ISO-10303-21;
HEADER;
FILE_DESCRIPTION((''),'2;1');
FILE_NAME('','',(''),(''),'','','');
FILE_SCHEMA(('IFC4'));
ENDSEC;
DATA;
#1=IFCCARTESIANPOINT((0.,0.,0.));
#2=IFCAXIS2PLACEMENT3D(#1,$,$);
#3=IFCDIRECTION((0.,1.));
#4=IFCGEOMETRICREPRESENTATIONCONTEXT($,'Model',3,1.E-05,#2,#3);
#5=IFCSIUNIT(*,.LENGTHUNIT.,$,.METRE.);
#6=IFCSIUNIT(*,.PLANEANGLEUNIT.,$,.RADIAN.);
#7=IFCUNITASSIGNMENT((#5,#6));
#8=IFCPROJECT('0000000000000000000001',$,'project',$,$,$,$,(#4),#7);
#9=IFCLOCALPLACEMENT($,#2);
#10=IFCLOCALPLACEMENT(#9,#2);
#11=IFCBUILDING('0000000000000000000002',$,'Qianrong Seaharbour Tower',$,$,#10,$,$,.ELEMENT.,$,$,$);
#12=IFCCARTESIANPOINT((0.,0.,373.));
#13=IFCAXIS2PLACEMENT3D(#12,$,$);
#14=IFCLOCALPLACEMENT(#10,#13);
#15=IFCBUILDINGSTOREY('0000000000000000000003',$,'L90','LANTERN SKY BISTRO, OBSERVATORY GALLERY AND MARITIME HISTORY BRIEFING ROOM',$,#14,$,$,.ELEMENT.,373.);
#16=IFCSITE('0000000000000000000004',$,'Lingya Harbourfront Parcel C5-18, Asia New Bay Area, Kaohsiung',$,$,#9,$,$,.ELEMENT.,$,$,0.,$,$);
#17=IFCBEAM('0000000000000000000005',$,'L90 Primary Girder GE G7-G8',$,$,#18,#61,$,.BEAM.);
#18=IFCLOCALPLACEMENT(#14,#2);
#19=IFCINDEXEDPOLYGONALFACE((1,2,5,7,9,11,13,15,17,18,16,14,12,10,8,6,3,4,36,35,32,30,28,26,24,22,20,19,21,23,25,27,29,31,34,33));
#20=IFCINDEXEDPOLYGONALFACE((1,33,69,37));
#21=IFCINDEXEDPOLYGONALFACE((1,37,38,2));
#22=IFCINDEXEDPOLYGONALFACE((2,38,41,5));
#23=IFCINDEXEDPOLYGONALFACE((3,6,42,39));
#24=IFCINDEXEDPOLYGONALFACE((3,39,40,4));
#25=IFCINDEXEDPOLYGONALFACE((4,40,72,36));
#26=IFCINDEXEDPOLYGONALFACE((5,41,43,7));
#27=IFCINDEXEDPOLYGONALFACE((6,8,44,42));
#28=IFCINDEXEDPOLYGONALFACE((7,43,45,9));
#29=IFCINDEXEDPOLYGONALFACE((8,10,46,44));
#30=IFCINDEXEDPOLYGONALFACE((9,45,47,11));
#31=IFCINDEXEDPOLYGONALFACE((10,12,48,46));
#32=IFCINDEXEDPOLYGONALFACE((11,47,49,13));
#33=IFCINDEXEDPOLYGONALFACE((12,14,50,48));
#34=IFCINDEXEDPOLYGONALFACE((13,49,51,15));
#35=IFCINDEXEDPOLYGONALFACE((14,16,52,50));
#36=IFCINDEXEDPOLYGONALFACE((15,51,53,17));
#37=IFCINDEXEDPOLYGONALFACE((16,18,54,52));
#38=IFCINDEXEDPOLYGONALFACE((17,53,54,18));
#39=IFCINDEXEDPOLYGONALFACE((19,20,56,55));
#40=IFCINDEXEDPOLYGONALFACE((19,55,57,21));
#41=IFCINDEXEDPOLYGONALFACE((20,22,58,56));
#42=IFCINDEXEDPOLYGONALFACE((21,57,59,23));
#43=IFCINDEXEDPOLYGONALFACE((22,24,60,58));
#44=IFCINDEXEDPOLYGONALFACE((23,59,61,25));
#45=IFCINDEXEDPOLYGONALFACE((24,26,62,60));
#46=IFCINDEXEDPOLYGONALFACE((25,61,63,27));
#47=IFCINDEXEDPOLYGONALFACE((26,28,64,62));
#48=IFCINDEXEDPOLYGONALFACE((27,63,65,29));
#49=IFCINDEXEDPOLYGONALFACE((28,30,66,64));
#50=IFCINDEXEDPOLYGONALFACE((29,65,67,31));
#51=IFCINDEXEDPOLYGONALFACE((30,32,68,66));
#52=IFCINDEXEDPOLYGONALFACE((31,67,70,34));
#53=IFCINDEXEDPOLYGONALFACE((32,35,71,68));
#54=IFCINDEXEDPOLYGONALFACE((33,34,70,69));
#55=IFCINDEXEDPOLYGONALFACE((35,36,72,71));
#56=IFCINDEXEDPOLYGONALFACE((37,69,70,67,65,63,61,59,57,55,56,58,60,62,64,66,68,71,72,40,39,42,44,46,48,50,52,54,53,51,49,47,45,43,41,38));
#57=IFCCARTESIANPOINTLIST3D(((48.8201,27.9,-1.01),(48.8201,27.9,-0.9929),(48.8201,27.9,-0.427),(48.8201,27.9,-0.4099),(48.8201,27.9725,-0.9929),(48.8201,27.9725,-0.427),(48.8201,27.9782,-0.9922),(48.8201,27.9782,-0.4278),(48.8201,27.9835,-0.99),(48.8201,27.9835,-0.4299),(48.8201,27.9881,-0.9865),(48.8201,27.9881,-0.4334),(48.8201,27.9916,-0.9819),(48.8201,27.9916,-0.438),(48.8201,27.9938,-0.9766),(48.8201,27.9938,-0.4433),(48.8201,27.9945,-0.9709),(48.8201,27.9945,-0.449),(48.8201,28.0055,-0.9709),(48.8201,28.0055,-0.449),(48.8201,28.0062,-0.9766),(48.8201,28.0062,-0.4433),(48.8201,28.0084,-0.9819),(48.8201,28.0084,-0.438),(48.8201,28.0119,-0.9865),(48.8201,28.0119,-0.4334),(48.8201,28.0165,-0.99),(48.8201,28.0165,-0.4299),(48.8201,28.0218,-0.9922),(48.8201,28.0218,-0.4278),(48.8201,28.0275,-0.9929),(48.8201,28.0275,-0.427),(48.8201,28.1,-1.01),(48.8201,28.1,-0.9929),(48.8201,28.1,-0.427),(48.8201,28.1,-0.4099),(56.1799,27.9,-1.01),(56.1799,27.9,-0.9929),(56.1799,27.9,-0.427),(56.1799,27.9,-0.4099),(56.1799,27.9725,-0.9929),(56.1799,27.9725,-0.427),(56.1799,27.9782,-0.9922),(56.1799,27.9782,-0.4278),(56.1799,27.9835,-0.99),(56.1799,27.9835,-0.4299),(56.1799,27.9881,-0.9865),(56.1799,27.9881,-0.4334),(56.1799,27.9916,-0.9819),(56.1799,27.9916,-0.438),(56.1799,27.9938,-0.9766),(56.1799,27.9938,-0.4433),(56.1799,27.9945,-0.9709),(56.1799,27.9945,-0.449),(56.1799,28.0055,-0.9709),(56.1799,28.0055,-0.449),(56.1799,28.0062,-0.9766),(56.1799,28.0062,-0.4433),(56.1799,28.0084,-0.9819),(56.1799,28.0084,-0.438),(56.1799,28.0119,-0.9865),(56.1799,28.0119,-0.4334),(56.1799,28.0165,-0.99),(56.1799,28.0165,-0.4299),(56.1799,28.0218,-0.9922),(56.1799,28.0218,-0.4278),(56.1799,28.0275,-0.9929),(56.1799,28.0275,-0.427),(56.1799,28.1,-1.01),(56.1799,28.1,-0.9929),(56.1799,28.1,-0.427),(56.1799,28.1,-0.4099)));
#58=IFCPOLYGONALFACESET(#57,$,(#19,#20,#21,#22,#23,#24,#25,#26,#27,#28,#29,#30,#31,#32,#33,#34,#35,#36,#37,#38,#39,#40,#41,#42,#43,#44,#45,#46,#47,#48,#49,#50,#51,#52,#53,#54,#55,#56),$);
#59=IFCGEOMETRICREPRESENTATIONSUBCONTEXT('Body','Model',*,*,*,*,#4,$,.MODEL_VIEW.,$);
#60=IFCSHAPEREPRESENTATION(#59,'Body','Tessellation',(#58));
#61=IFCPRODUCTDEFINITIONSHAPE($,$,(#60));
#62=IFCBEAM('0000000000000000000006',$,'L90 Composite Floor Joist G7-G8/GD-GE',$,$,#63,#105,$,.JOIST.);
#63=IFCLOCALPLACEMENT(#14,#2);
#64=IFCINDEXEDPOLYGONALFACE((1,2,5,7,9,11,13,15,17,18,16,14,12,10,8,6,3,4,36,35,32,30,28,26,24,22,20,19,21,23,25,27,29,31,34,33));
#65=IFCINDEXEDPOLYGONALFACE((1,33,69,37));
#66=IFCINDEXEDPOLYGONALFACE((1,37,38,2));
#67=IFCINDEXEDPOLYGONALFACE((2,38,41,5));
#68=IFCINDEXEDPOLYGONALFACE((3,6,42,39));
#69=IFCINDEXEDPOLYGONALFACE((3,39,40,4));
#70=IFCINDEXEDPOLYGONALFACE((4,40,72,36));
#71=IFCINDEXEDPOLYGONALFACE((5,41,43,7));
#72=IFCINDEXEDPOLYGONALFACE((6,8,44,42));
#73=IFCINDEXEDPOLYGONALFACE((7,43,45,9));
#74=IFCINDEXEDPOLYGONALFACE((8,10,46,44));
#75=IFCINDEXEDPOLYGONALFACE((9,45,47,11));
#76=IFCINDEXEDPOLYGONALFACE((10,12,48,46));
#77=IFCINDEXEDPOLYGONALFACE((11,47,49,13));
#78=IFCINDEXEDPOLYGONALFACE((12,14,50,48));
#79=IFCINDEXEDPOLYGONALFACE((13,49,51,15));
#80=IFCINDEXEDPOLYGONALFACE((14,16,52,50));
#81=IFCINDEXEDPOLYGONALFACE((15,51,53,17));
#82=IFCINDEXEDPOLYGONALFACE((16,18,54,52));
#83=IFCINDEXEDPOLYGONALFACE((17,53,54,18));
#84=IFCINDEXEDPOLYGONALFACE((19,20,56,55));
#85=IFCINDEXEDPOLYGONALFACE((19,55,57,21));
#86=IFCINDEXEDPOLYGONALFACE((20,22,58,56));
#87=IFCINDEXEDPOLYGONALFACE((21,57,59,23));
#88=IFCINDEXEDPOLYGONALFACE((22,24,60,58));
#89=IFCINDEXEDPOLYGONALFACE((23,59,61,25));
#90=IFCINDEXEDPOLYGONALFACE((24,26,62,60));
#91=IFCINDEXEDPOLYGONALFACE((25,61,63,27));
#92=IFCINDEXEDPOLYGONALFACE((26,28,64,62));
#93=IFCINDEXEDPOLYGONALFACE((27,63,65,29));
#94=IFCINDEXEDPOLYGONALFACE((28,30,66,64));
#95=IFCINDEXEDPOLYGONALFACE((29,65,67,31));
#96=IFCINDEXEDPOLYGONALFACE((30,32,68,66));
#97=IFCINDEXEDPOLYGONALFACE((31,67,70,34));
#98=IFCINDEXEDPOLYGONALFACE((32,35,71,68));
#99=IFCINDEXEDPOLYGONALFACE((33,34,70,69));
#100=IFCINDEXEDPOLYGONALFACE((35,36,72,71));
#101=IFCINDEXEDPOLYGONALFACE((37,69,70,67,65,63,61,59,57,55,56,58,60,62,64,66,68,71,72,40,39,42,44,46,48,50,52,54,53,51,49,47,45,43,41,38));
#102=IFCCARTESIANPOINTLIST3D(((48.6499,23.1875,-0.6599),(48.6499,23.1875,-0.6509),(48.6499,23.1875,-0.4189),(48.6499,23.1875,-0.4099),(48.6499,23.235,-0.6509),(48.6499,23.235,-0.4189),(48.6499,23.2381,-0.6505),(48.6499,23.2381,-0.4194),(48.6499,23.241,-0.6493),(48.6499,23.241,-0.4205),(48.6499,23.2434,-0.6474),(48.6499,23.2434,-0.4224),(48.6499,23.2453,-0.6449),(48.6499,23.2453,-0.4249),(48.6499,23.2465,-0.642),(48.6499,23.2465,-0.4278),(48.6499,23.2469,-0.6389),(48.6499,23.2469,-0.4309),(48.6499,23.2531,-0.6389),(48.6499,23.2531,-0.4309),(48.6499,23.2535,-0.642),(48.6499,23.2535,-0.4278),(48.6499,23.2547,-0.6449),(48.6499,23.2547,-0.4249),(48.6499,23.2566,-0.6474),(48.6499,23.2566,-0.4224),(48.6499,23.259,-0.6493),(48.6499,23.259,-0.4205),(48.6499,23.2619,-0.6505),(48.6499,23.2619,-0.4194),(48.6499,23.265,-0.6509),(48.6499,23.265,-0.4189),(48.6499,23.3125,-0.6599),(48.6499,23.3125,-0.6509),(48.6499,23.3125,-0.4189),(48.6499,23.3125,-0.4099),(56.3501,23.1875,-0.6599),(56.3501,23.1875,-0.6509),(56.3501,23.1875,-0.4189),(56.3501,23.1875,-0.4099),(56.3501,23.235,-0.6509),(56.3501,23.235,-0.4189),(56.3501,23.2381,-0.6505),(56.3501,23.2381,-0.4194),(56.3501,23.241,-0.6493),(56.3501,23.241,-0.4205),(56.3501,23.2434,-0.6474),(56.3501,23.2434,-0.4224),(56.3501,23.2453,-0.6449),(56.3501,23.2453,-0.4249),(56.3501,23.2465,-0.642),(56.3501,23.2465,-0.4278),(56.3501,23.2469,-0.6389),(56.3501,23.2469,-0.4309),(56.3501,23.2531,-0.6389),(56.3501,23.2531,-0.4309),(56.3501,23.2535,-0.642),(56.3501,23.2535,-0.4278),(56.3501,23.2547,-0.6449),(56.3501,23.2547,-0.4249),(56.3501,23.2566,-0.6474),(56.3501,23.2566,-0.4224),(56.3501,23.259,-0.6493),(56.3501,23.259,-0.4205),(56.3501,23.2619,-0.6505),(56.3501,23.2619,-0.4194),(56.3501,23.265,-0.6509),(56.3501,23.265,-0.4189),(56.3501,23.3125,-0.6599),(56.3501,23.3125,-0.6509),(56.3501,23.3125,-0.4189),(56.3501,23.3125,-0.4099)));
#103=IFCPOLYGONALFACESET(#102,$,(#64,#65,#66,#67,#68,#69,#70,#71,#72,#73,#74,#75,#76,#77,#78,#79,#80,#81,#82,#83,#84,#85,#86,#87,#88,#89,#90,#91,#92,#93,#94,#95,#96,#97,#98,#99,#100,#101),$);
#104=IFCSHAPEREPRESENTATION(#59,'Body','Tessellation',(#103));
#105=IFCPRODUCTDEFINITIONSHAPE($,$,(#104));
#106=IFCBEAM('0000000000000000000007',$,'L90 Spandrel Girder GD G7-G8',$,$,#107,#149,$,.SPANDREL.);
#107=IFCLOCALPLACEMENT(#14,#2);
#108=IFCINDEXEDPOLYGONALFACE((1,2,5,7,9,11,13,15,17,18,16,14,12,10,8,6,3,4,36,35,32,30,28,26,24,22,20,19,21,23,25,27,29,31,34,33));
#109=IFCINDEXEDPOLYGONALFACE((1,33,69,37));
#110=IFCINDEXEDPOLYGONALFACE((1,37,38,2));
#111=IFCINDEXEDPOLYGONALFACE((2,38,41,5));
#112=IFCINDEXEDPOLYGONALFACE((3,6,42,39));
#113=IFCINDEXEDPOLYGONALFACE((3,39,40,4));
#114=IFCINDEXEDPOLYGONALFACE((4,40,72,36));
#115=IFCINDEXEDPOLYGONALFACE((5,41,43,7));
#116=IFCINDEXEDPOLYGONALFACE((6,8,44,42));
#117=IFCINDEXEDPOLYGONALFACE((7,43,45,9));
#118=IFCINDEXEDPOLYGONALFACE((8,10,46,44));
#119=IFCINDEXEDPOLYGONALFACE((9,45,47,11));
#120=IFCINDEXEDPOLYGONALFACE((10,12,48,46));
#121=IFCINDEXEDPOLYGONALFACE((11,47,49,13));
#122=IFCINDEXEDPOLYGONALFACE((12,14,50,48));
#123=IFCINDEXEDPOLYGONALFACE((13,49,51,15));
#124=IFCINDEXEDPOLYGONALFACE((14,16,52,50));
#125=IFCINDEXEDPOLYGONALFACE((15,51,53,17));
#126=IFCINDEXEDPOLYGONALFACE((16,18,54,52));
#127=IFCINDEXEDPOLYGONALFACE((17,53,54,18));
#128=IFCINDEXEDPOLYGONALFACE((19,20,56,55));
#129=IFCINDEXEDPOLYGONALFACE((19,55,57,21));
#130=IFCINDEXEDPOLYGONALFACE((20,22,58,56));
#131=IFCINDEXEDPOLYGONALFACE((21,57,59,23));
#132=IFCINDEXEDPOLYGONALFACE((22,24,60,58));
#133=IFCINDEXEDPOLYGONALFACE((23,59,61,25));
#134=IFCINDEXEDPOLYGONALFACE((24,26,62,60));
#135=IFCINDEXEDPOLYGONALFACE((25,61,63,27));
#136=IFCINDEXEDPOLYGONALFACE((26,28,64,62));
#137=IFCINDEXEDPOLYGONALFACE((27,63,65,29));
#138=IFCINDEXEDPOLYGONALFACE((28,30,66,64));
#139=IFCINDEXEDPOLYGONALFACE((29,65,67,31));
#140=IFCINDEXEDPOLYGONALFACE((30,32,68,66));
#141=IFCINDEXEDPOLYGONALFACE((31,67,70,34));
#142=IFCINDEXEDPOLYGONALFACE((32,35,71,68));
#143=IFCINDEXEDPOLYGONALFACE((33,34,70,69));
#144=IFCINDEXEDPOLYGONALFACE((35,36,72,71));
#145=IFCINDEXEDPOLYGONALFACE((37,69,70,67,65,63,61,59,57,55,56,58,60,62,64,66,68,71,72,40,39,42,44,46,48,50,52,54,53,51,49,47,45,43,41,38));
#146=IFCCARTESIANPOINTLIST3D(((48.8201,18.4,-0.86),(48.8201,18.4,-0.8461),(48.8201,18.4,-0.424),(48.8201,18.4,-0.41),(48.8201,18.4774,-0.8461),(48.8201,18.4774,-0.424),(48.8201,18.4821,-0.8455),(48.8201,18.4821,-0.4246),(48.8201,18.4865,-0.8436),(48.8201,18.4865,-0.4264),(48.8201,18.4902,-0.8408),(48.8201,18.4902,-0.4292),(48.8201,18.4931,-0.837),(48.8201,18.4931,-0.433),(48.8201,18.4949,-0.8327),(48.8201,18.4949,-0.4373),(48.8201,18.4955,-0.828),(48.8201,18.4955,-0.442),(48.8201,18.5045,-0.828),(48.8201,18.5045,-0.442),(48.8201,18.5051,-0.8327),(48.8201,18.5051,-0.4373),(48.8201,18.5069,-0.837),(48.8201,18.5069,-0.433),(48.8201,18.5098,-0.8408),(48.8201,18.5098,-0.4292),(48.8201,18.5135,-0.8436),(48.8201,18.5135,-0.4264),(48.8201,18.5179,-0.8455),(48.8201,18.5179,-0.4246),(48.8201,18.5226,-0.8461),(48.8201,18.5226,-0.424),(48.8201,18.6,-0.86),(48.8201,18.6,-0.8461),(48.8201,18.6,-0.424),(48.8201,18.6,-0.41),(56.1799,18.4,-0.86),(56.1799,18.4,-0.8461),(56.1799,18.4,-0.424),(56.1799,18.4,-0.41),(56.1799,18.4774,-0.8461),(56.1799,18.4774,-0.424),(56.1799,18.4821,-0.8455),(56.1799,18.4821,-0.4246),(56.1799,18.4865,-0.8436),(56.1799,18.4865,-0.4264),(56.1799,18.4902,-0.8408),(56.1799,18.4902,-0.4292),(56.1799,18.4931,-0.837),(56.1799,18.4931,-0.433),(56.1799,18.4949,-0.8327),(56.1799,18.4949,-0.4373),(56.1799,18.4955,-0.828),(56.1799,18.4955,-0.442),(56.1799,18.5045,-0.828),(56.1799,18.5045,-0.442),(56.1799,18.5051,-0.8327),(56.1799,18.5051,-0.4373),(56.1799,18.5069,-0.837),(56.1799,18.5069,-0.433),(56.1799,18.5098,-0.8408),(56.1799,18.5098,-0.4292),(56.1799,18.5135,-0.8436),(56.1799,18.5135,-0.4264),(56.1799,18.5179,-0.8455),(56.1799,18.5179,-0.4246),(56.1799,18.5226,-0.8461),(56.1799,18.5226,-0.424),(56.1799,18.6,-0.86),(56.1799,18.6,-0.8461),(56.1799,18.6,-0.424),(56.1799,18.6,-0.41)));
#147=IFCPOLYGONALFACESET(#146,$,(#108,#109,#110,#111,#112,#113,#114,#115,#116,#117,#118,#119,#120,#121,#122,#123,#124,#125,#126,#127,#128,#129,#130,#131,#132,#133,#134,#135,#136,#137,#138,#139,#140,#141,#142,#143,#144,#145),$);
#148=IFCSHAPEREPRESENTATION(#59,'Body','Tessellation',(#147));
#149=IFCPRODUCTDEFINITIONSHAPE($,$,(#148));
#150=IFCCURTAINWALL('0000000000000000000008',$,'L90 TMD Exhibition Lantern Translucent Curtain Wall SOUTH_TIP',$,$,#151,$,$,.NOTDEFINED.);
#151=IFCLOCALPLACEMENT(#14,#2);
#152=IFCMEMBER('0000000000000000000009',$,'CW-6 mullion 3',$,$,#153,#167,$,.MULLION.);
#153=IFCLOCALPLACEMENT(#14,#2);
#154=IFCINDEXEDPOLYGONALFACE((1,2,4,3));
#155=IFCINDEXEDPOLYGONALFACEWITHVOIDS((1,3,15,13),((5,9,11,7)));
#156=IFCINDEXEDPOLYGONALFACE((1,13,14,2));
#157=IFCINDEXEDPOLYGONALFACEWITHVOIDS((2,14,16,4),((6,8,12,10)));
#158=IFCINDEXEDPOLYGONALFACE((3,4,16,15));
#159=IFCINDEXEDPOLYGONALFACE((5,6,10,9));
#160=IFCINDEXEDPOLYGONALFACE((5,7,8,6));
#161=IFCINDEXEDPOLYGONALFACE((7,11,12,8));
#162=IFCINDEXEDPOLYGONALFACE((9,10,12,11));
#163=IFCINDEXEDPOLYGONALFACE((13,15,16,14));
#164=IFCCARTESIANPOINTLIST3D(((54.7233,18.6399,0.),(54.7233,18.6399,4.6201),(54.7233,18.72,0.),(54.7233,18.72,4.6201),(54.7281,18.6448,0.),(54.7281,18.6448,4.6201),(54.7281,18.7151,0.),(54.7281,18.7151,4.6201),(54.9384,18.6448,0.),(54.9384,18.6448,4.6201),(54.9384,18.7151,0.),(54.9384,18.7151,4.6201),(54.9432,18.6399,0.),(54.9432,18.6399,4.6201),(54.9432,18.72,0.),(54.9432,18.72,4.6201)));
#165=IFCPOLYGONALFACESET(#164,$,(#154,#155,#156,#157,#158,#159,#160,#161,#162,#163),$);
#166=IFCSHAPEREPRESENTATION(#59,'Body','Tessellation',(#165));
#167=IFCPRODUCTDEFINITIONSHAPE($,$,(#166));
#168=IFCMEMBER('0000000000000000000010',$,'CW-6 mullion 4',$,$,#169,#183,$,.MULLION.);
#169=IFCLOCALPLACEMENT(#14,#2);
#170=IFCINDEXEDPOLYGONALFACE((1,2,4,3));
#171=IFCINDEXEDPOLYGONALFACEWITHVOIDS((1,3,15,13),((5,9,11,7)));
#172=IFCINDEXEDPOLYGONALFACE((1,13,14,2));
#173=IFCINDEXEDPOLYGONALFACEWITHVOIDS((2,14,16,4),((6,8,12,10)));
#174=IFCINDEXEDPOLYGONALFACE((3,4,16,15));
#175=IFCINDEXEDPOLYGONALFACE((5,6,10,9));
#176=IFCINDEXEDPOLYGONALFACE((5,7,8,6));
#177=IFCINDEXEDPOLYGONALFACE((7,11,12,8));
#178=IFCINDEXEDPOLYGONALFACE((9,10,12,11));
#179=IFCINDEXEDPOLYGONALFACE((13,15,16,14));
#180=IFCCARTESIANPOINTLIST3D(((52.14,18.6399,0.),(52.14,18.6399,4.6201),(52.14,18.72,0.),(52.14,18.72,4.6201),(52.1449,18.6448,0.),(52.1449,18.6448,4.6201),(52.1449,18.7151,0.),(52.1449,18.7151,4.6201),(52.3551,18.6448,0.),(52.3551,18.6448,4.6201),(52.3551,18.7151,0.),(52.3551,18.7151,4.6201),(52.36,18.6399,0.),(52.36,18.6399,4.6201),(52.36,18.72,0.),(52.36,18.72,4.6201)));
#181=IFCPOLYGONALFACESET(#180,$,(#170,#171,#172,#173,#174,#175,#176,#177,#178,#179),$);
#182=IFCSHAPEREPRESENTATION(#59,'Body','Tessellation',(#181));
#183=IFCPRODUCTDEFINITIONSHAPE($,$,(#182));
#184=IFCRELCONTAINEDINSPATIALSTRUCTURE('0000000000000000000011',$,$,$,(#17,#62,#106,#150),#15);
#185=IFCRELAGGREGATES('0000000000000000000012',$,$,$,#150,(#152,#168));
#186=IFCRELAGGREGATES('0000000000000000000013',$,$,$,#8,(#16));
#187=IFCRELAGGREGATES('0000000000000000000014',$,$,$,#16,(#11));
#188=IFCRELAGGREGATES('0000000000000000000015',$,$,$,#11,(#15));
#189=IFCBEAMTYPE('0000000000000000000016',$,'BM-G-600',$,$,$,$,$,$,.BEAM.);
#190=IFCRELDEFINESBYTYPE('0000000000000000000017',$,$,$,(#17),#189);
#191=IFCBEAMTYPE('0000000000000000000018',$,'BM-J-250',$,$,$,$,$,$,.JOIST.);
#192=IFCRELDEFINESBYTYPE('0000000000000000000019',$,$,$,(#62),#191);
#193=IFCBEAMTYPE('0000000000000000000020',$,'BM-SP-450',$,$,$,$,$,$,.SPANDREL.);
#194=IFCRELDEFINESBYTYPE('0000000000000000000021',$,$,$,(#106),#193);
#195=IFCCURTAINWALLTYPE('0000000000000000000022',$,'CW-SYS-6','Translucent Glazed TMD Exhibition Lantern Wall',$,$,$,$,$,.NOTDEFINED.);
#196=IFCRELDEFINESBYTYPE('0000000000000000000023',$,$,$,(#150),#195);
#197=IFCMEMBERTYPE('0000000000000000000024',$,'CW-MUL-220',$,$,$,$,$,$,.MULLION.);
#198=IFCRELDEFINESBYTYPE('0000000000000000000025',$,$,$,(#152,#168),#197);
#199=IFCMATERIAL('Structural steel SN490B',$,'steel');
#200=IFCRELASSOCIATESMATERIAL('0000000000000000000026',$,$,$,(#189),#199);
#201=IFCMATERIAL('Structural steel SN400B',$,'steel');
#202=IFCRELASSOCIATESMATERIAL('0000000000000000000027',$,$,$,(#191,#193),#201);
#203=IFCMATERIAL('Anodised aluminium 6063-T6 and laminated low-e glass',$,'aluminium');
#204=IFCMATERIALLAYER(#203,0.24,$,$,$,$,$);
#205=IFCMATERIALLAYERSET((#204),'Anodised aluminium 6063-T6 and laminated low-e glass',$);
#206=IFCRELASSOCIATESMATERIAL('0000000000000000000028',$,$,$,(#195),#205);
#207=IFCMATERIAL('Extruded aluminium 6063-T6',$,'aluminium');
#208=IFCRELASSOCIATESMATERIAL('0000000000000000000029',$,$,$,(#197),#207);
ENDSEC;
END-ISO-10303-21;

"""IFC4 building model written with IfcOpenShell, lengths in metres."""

from ifc_helpers import new_model, si_unit, direction, frame, origin, origin_2d, place, context, subcontext, project, spatial, hollow_rectangle, i_section, extrude, material, layer, layer_set, material_profile, profile_set, type_object, element, aggregate, save


model = new_model("IFC4")

# Units and contexts
model_context = context("Model", 3, precision=1e-05, world=origin(), true_north=direction((0.0, 1.0)))
body_context = subcontext(model_context, "Body", "Model", "MODEL_VIEW")
ifc_project = project(units=[si_unit("LENGTHUNIT", "METRE"), si_unit("PLANEANGLEUNIT", "RADIAN")], contexts=[model_context])

# Site, building, storey
site_placement = place(None, origin())
site = spatial("IfcSite", under=ifc_project, at=site_placement, Name="Lingya Harbourfront Parcel C5-18, Asia New Bay Area, Kaohsiung", CompositionType="ELEMENT", RefElevation=0.0)
building_placement = place(site_placement, origin())
building = spatial("IfcBuilding", under=site, at=building_placement, Name="Qianrong Seaharbour Tower", CompositionType="ELEMENT")
storey_placement = place(building_placement, frame((0.0, 0.0, 373.0)))
storey = spatial("IfcBuildingStorey", under=building, at=storey_placement, Name="L90", Description="LANTERN SKY BISTRO, OBSERVATORY GALLERY AND MARITIME HISTORY BRIEFING ROOM", CompositionType="ELEMENT", Elevation=373.0)

# Beams
ifc_material_1 = material(Name="Structural steel SN490B", Category="steel")
ifc_material_profile_1 = material_profile(ifc_material_1, i_section(OverallWidth=0.2, OverallDepth=0.6001, WebThickness=0.011, FlangeThickness=0.0171, FilletRadius=0.022, at=origin_2d()), Name="H600x200x11x17")
ifc_profile_set_1 = profile_set([ifc_material_profile_1], Name="Structural steel SN490B")
beam_type_1 = type_object("IfcBeamType", Name="BM-G-600", PredefinedType="BEAM", material=ifc_profile_set_1)
beam_1_placement = place(storey_placement, frame((48.8201, 28.0, -0.71), z_axis=(1.0, 0.0, 0.0), x_axis=(0.0, 1.0, 0.0)))
element("IfcBeam", 1, at=beam_1_placement, inside=storey, type_object=beam_type_1, Name="L90 Primary Girder GE G7-G8", PredefinedType="BEAM", context=body_context, shape_type="SweptSolid", body=[
    extrude(i_section(OverallWidth=0.2, OverallDepth=0.6001, WebThickness=0.011, FlangeThickness=0.0171, FilletRadius=0.022, at=origin_2d()), origin(), (0.0, 0.0, 1.0), 7.3599),
])
ifc_material_2 = material(Name="Structural steel SN400B", Category="steel")
ifc_material_profile_2 = material_profile(ifc_material_2, i_section(OverallWidth=0.125, OverallDepth=0.25, WebThickness=0.0061, FlangeThickness=0.009, FilletRadius=0.012, at=origin_2d()), Name="H250x125x6x9")
ifc_profile_set_2 = profile_set([ifc_material_profile_2], Name="Structural steel SN400B")
beam_type_2 = type_object("IfcBeamType", Name="BM-J-250", PredefinedType="JOIST", material=ifc_profile_set_2)
beam_2_placement = place(storey_placement, frame((48.6499, 23.25, -0.5349), z_axis=(1.0, 0.0, 0.0), x_axis=(0.0, 1.0, 0.0)))
element("IfcBeam", 2, at=beam_2_placement, inside=storey, type_object=beam_type_2, Name="L90 Composite Floor Joist G7-G8/GD-GE", PredefinedType="JOIST", context=body_context, shape_type="SweptSolid", body=[
    extrude(i_section(OverallWidth=0.125, OverallDepth=0.25, WebThickness=0.0061, FlangeThickness=0.009, FilletRadius=0.012, at=origin_2d()), origin(), (0.0, 0.0, 1.0), 7.7002),
])
ifc_material_profile_3 = material_profile(ifc_material_2, i_section(OverallWidth=0.2, OverallDepth=0.45, WebThickness=0.009, FlangeThickness=0.0139, FilletRadius=0.0181, at=origin_2d()), Name="H450x200x9x14")
ifc_profile_set_3 = profile_set([ifc_material_profile_3], Name="Structural steel SN400B")
beam_type_3 = type_object("IfcBeamType", Name="BM-SP-450", PredefinedType="SPANDREL", material=ifc_profile_set_3)
beam_3_placement = place(storey_placement, frame((48.8201, 18.5, -0.635), z_axis=(1.0, 0.0, 0.0), x_axis=(0.0, 1.0, 0.0)))
element("IfcBeam", 3, at=beam_3_placement, inside=storey, type_object=beam_type_3, Name="L90 Spandrel Girder GD G7-G8", PredefinedType="SPANDREL", context=body_context, shape_type="SweptSolid", body=[
    extrude(i_section(OverallWidth=0.2, OverallDepth=0.45, WebThickness=0.009, FlangeThickness=0.0139, FilletRadius=0.0181, at=origin_2d()), origin(), (0.0, 0.0, 1.0), 7.3599),
])

# Curtain wall, members
ifc_material_3 = material(Name="Anodised aluminium 6063-T6 and laminated low-e glass", Category="aluminium")
ifc_layer_1 = layer(ifc_material_3, 0.24)
ifc_layer_set_1 = layer_set([ifc_layer_1], Name="Anodised aluminium 6063-T6 and laminated low-e glass")
curtain_wall_type = type_object("IfcCurtainWallType", Name="CW-SYS-6", Description="Translucent Glazed TMD Exhibition Lantern Wall", PredefinedType="NOTDEFINED", material=ifc_layer_set_1)
curtain_wall_placement = place(storey_placement, origin())
curtain_wall = element("IfcCurtainWall", 4, at=curtain_wall_placement, inside=storey, type_object=curtain_wall_type, Name="L90 TMD Exhibition Lantern Translucent Curtain Wall SOUTH_TIP", PredefinedType="NOTDEFINED")
ifc_material_4 = material(Name="Extruded aluminium 6063-T6", Category="aluminium")
ifc_material_profile_4 = material_profile(ifc_material_4, hollow_rectangle(XDim=0.0801, YDim=0.22, WallThickness=0.0049, at=origin_2d()), Name="ALU-MUL-220x80x5")
ifc_profile_set_4 = profile_set([ifc_material_profile_4], Name="Extruded aluminium 6063-T6")
member_type_1 = type_object("IfcMemberType", Name="CW-MUL-220", PredefinedType="MULLION", material=ifc_profile_set_4)
member_1_placement = place(storey_placement, frame((54.8333, 18.6799, 0.0), z_axis=(0.0, 0.0, 1.0), x_axis=(0.0, -1.0, 0.0)))
member_1 = element("IfcMember", 5, at=member_1_placement, type_object=member_type_1, Name="CW-6 mullion 3", PredefinedType="MULLION", context=body_context, shape_type="SweptSolid", body=[
    extrude(hollow_rectangle(XDim=0.0801, YDim=0.22, WallThickness=0.0049, at=origin_2d()), origin(), (0.0, 0.0, 1.0), 4.6201),
])
member_2_placement = place(storey_placement, frame((52.25, 18.6799, 0.0), z_axis=(0.0, 0.0, 1.0), x_axis=(0.0, -1.0, 0.0)))
member_2 = element("IfcMember", 6, at=member_2_placement, type_object=member_type_1, Name="CW-6 mullion 4", PredefinedType="MULLION", context=body_context, shape_type="SweptSolid", body=[
    extrude(hollow_rectangle(XDim=0.0801, YDim=0.22, WallThickness=0.0049, at=origin_2d()), origin(), (0.0, 0.0, 1.0), 4.6201),
])
aggregate(curtain_wall, [member_1, member_2])

save(model, "model.ifc")
